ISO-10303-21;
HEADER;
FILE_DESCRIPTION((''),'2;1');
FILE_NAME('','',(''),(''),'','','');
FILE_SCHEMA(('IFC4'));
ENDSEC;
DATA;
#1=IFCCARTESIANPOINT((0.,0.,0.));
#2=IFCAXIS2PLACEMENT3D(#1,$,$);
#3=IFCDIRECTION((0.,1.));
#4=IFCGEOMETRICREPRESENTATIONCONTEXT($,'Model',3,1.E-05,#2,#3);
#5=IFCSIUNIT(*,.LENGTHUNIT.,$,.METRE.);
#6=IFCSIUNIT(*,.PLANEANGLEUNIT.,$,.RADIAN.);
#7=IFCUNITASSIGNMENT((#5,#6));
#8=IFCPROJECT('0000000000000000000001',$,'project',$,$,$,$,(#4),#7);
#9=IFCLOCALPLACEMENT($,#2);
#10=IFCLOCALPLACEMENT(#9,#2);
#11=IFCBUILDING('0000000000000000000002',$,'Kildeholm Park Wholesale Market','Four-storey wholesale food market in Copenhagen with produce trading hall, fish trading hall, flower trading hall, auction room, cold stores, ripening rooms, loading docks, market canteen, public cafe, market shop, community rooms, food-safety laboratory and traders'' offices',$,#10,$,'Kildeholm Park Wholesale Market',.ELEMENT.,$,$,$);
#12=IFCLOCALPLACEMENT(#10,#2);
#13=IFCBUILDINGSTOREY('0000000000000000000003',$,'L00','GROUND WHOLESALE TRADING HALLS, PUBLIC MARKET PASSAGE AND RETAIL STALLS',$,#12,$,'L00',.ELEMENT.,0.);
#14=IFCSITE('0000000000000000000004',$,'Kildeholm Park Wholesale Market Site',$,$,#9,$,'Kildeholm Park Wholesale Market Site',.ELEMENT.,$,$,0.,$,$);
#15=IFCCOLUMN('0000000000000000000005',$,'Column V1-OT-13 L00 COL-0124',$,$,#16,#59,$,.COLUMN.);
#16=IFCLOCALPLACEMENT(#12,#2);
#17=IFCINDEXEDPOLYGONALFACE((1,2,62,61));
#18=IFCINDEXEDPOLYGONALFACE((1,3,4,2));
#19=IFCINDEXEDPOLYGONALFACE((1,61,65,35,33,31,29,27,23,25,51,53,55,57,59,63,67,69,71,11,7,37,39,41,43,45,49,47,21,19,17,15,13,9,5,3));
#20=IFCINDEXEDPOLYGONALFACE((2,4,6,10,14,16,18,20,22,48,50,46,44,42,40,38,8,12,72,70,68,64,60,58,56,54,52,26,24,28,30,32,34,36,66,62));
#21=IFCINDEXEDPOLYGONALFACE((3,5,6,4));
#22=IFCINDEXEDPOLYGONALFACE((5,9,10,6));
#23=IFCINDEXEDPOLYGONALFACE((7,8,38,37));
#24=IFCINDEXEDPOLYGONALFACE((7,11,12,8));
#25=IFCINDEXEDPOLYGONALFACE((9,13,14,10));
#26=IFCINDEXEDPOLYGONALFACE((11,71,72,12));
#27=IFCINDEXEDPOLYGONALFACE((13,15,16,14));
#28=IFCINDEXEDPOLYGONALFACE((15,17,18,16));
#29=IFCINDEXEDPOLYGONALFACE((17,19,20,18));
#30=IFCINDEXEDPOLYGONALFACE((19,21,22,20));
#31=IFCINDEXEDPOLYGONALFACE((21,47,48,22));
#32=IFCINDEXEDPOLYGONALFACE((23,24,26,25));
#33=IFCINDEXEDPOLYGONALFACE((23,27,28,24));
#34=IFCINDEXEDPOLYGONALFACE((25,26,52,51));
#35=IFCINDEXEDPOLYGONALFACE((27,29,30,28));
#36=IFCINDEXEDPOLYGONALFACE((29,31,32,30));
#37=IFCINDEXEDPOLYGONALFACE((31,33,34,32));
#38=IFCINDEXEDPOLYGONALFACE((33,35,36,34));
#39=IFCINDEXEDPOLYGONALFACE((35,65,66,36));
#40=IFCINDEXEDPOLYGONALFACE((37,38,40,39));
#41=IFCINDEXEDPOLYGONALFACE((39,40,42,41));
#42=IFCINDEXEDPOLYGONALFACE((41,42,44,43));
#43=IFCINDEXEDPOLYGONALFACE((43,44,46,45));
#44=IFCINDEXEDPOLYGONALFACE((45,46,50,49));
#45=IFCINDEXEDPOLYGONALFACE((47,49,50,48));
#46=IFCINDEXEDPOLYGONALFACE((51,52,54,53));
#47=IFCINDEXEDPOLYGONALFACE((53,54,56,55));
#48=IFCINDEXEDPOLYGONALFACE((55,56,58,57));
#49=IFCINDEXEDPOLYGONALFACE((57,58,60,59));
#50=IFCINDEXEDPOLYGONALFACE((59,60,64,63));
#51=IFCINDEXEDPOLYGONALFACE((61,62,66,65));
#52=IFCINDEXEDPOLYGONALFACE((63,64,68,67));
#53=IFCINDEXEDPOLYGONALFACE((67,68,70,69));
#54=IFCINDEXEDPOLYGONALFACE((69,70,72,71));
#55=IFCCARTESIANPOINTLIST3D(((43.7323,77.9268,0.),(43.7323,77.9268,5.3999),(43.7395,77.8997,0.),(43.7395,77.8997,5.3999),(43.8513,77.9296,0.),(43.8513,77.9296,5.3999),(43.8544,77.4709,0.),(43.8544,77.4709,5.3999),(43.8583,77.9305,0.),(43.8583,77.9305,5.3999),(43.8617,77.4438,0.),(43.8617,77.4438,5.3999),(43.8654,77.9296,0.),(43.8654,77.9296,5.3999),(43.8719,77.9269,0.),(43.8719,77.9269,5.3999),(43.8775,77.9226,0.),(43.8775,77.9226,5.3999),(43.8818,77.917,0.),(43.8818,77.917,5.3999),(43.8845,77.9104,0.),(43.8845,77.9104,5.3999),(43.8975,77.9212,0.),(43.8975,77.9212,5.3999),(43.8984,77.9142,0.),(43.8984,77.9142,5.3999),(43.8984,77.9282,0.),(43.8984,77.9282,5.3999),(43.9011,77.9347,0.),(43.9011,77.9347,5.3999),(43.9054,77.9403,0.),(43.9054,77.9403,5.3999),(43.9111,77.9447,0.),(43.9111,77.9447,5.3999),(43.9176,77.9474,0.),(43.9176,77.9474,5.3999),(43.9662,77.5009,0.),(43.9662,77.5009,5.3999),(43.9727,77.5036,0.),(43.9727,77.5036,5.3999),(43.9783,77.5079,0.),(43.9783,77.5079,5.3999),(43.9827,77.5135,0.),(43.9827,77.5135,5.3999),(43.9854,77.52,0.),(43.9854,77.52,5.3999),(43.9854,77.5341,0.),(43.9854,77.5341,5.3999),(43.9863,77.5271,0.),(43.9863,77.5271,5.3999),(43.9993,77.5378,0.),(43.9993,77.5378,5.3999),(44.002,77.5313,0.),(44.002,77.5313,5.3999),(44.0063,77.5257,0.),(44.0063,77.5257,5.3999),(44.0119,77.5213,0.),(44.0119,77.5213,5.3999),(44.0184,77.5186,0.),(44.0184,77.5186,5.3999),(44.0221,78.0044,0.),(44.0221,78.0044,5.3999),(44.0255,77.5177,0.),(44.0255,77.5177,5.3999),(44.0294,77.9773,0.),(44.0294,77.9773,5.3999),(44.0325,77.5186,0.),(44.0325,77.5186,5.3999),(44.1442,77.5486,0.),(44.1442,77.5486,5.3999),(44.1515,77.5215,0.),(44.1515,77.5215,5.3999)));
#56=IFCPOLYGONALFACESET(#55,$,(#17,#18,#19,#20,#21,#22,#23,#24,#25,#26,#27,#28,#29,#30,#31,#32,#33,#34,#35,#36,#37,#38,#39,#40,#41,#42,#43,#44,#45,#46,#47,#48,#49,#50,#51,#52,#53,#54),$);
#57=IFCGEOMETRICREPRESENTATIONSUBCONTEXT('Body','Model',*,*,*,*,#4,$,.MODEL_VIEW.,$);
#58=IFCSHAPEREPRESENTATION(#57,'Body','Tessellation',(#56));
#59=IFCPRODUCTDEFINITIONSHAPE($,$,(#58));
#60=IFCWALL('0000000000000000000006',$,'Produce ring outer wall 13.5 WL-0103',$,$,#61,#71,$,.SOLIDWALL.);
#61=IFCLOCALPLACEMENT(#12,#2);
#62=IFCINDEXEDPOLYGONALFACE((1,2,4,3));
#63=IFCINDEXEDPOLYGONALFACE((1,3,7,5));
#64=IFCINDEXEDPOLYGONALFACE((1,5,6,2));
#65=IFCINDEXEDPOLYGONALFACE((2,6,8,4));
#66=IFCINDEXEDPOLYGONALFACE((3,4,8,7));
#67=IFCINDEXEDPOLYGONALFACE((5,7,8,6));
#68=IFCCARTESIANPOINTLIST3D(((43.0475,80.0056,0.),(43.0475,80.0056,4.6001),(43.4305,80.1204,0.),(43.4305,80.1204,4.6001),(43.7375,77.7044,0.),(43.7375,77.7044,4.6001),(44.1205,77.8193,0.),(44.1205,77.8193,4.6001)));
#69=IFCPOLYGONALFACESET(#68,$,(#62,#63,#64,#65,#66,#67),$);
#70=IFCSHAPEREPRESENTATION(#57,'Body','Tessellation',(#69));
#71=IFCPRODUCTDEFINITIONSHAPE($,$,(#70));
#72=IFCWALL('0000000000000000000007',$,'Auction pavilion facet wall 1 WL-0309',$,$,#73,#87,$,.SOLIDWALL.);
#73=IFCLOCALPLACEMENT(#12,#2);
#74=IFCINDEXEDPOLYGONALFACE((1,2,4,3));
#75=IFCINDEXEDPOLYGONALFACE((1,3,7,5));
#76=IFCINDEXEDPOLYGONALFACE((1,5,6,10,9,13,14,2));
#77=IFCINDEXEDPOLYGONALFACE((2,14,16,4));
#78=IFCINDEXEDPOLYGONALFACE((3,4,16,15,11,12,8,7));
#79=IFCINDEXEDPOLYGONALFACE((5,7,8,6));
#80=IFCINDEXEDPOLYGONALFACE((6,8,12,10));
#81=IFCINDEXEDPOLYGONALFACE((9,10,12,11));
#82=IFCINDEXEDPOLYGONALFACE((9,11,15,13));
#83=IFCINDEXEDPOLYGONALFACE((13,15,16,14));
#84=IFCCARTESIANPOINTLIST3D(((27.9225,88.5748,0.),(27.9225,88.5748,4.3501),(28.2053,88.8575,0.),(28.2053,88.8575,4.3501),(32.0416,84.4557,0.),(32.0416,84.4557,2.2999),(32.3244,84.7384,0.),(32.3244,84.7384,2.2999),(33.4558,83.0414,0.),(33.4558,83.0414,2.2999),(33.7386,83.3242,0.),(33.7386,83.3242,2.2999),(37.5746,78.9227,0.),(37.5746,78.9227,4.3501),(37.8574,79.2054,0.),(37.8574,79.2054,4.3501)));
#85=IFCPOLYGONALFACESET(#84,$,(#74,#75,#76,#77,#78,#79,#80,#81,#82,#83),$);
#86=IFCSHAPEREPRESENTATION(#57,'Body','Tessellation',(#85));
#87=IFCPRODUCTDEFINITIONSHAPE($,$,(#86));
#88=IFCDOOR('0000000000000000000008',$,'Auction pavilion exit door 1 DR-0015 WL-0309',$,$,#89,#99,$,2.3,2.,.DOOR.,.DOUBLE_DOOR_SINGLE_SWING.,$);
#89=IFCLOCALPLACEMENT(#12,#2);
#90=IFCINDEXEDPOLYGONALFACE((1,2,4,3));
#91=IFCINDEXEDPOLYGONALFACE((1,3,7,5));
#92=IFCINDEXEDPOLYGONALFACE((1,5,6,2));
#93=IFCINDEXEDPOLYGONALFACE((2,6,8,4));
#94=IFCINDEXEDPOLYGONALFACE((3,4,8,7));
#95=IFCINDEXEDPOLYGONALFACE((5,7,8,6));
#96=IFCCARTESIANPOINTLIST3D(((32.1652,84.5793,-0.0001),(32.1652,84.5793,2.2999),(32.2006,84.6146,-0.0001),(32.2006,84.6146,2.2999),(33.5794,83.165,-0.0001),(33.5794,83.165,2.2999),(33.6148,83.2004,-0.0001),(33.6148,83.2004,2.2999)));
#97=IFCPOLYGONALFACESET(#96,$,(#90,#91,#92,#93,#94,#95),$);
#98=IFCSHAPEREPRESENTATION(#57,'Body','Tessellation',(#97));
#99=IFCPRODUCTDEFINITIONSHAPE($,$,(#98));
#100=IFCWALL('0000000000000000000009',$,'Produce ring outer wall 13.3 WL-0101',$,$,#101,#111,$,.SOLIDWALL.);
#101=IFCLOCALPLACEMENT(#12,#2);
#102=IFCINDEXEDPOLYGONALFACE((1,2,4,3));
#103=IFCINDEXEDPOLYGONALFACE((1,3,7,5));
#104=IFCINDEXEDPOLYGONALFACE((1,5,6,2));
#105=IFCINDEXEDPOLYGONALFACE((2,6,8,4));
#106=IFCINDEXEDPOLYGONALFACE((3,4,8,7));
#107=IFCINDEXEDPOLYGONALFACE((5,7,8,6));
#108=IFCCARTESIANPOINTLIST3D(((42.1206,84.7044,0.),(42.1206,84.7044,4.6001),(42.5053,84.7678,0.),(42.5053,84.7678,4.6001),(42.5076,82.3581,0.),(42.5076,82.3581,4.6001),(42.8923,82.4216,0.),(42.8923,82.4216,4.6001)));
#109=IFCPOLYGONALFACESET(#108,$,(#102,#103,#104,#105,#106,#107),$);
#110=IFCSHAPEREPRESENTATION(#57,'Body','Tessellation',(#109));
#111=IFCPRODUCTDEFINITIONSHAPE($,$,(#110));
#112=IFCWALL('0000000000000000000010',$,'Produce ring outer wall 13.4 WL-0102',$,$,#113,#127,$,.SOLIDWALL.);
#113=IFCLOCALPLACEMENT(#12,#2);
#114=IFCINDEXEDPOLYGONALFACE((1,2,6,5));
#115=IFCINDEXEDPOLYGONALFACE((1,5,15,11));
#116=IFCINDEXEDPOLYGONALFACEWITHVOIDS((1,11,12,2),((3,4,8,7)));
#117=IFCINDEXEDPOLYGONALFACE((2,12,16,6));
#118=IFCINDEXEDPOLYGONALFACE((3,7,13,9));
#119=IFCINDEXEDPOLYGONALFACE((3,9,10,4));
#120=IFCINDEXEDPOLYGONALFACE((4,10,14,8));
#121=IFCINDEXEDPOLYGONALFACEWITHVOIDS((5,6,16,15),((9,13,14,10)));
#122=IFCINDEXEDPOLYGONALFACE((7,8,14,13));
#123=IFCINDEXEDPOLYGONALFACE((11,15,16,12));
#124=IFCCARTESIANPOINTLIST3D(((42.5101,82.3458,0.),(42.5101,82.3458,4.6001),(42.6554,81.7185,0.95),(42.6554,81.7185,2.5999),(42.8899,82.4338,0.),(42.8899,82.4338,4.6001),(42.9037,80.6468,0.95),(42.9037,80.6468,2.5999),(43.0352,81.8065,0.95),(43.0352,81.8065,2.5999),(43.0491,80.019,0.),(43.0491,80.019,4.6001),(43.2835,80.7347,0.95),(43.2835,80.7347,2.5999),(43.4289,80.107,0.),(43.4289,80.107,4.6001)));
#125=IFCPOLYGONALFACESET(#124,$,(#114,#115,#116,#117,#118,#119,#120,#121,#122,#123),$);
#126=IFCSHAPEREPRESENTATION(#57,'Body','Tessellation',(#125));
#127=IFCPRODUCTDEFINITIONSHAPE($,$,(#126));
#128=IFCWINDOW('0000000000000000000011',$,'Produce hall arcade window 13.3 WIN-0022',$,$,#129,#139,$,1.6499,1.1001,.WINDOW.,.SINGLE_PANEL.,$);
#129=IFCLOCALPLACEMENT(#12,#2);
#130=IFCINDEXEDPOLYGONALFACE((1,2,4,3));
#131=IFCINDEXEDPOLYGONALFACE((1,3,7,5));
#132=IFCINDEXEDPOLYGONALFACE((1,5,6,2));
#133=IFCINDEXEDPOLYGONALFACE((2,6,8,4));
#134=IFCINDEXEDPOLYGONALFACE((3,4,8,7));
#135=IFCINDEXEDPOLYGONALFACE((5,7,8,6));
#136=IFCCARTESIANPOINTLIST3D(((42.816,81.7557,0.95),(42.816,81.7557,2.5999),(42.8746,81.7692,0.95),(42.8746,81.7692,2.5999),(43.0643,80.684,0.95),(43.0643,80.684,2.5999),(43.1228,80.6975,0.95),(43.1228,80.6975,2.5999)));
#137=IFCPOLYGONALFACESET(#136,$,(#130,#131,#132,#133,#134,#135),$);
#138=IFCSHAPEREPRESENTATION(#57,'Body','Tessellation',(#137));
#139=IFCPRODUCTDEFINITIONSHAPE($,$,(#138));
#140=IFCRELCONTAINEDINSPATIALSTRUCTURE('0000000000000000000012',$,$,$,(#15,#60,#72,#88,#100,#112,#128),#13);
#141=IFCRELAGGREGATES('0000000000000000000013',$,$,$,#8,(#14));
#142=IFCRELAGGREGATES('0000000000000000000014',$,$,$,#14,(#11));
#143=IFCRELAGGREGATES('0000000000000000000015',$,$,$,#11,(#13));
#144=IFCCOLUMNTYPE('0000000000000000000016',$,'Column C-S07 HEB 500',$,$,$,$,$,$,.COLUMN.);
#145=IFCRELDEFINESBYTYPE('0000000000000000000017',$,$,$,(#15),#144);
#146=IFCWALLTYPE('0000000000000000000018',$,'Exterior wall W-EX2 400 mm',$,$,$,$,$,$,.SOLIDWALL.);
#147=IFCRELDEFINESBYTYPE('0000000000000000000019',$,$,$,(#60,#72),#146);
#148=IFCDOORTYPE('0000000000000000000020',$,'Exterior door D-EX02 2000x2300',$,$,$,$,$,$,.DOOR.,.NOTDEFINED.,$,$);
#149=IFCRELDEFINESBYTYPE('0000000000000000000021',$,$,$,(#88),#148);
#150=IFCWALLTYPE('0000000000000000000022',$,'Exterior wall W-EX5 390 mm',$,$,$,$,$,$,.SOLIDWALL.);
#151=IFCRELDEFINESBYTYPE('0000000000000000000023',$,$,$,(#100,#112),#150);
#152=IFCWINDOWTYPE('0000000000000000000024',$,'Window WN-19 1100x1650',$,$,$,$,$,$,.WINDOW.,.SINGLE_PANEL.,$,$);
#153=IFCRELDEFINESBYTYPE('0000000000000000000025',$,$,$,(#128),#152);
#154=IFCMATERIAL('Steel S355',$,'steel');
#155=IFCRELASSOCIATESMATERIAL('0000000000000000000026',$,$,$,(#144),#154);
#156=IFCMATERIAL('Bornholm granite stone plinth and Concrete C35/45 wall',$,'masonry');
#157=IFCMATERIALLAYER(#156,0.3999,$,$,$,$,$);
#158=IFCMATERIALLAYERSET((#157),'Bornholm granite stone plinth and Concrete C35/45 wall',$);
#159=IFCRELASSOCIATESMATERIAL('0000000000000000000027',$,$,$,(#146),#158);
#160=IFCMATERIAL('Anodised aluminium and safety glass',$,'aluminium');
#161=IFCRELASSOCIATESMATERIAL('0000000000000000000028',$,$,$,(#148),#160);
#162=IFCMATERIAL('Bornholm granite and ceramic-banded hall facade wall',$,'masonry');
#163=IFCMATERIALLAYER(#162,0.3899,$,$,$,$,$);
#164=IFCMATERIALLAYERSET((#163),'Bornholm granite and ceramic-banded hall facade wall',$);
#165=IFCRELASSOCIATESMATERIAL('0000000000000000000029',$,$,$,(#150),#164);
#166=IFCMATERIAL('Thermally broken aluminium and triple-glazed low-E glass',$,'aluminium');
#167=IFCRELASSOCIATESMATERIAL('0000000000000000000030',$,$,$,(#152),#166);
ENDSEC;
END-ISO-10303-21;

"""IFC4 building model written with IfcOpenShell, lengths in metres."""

from ifc_helpers import new_model, si_unit, direction, frame, frame_2d, origin, origin_2d, place, context, subcontext, project, spatial, rectangle, i_section, extrude, material, layer, layer_set, material_profile, profile_set, type_object, element, fill, save


model = new_model("IFC4")

# Units and contexts
model_context = context("Model", 3, precision=1e-05, world=origin(), true_north=direction((0.0, 1.0)))
body_context = subcontext(model_context, "Body", "Model", "MODEL_VIEW")
ifc_project = project(units=[si_unit("LENGTHUNIT", "METRE"), si_unit("PLANEANGLEUNIT", "RADIAN")], contexts=[model_context])

# Site, building, storey
site_placement = place(None, origin())
site = spatial("IfcSite", under=ifc_project, at=site_placement, Name="Kildeholm Park Wholesale Market Site", LongName="Kildeholm Park Wholesale Market Site", CompositionType="ELEMENT", RefElevation=0.0)
building_placement = place(site_placement, origin())
building = spatial("IfcBuilding", under=site, at=building_placement, Name="Kildeholm Park Wholesale Market", Description="Four-storey wholesale food market in Copenhagen with produce trading hall, fish trading hall, flower trading hall, auction room, cold stores, ripening rooms, loading docks, market canteen, public cafe, market shop, community rooms, food-safety laboratory and traders' offices", LongName="Kildeholm Park Wholesale Market", CompositionType="ELEMENT")
storey_placement = place(building_placement, origin())
storey = spatial("IfcBuildingStorey", under=building, at=storey_placement, Name="L00", Description="GROUND WHOLESALE TRADING HALLS, PUBLIC MARKET PASSAGE AND RETAIL STALLS", LongName="L00", CompositionType="ELEMENT", Elevation=0.0)

# Column
ifc_material_1 = material(Name="Steel S355", Category="steel")
ifc_material_profile_1 = material_profile(ifc_material_1, i_section(OverallWidth=0.3, OverallDepth=0.5, WebThickness=0.0144, FlangeThickness=0.0281, FilletRadius=0.0271, at=origin_2d()), Name="HEB 500")
ifc_profile_set_1 = profile_set([ifc_material_profile_1], Name="Steel S355")
column_type_1 = type_object("IfcColumnType", Name="Column C-S07 HEB 500", PredefinedType="COLUMN", material=ifc_profile_set_1)
column_1_placement = place(storey_placement, frame((43.9419, 77.7241, 0.0), z_axis=(0.0, 0.0, 1.0), x_axis=(-0.965926, -0.258819, 0.0)))
element("IfcColumn", 1, at=column_1_placement, inside=storey, type_object=column_type_1, Name="Column V1-OT-13 L00 COL-0124", PredefinedType="COLUMN", context=body_context, shape_type="SweptSolid", body=[
    extrude(i_section(OverallWidth=0.3, OverallDepth=0.5, WebThickness=0.0144, FlangeThickness=0.0281, FilletRadius=0.0271, at=origin_2d()), origin(), (0.0, 0.0, 1.0), 5.3999),
])

# Wall
ifc_material_2 = material(Name="Bornholm granite stone plinth and Concrete C35/45 wall", Category="masonry")
ifc_layer_1 = layer(ifc_material_2, 0.3999)
ifc_layer_set_1 = layer_set([ifc_layer_1], Name="Bornholm granite stone plinth and Concrete C35/45 wall")
wall_type_1 = type_object("IfcWallType", Name="Exterior wall W-EX2 400 mm", PredefinedType="SOLIDWALL", material=ifc_layer_set_1)
wall_1_placement = place(storey_placement, frame((43.239, 80.063, 0.0), z_axis=(0.0, 0.0, 1.0), x_axis=(0.287208, -0.957868, 0.0)))
element("IfcWall", 2, at=wall_1_placement, inside=storey, type_object=wall_type_1, Name="Produce ring outer wall 13.5 WL-0103", PredefinedType="SOLIDWALL", context=body_context, shape_type="SweptSolid", body=[
    extrude(rectangle(XDim=2.4023, YDim=0.3999, at=frame_2d((1.2012, 0.0))), origin(), (0.0, 0.0, 1.0), 4.6001),
])

# Wall, opening, door
wall_2_placement = place(storey_placement, frame((37.7161, 79.064, 0.0), z_axis=(0.0, 0.0, 1.0), x_axis=(-0.707107, 0.707107, 0.0)))
wall_2 = element("IfcWall", 3, at=wall_2_placement, inside=storey, type_object=wall_type_1, Name="Auction pavilion facet wall 1 WL-0309", PredefinedType="SOLIDWALL", context=body_context, shape_type="SweptSolid", body=[
    extrude(rectangle(XDim=13.6501, YDim=0.3999, at=frame_2d((6.8252, 0.0))), origin(), (0.0, 0.0, 1.0), 4.3501),
])
opening_1_placement = place(wall_2_placement, frame((5.825, 0.0, 0.0)))
opening_1 = element("IfcOpeningElement", 4, at=opening_1_placement, cuts=wall_2, PredefinedType="OPENING", context=body_context, shape_type="SweptSolid", body=[
    extrude(rectangle(XDim=2.0, YDim=2.3, at=frame_2d((1.0, 1.1499))), frame((0.0, 0.21, 0.0), z_axis=(0.0, -1.0, 0.0), x_axis=(1.0, 0.0, 0.0)), (0.0, 0.0, 1.0), 0.4199),
])
ifc_material_3 = material(Name="Anodised aluminium and safety glass", Category="aluminium")
door_type = type_object("IfcDoorType", Name="Exterior door D-EX02 2000x2300", OperationType="NOTDEFINED", PredefinedType="DOOR", material=ifc_material_3)
door_placement = place(opening_1_placement, frame((2.0, 0.0, 0.0), z_axis=(0.0, 0.0, 1.0), x_axis=(-1.0, 0.0, 0.0)))
door = element("IfcDoor", 5, at=door_placement, inside=storey, type_object=door_type, Name="Auction pavilion exit door 1 DR-0015 WL-0309", OperationType="DOUBLE_DOOR_SINGLE_SWING", OverallHeight=2.3, OverallWidth=2.0, PredefinedType="DOOR", context=body_context, shape_type="SweptSolid", body=[
    extrude(rectangle(XDim=2.0, YDim=2.3, at=frame_2d((1.0, 1.1499))), frame((0.0, 0.0249, 0.0), z_axis=(0.0, -1.0, 0.0), x_axis=(1.0, 0.0, 0.0)), (0.0, 0.0, 1.0), 0.05),
])
fill(opening_1, door)

# Wall
ifc_material_4 = material(Name="Bornholm granite and ceramic-banded hall facade wall", Category="masonry")
ifc_layer_2 = layer(ifc_material_4, 0.3899)
ifc_layer_set_2 = layer_set([ifc_layer_2], Name="Bornholm granite and ceramic-banded hall facade wall")
wall_type_2 = type_object("IfcWallType", Name="Exterior wall W-EX5 390 mm", PredefinedType="SOLIDWALL", material=ifc_layer_set_2)
wall_3_placement = place(storey_placement, frame((42.313, 84.7361, 0.0), z_axis=(0.0, 0.0, 1.0), x_axis=(0.162734, -0.98667, 0.0)))
element("IfcWall", 6, at=wall_3_placement, inside=storey, type_object=wall_type_2, Name="Produce ring outer wall 13.3 WL-0101", PredefinedType="SOLIDWALL", context=body_context, shape_type="SweptSolid", body=[
    extrude(rectangle(XDim=2.3779, YDim=0.3899, at=frame_2d((1.189, 0.0))), origin(), (0.0, 0.0, 1.0), 4.6001),
])

# Wall, opening, window
wall_4_placement = place(storey_placement, frame((42.7, 82.3899, 0.0), z_axis=(0.0, 0.0, 1.0), x_axis=(0.225688, -0.9742, 0.0)))
wall_4 = element("IfcWall", 7, at=wall_4_placement, inside=storey, type_object=wall_type_2, Name="Produce ring outer wall 13.4 WL-0102", PredefinedType="SOLIDWALL", context=body_context, shape_type="SweptSolid", body=[
    extrude(rectangle(XDim=2.3884, YDim=0.3899, at=frame_2d((1.1943, 0.0))), origin(), (0.0, 0.0, 1.0), 4.6001),
])
opening_2_placement = place(wall_4_placement, frame((0.644, 0.0, 0.95)))
opening_2 = element("IfcOpeningElement", 8, at=opening_2_placement, cuts=wall_4, PredefinedType="OPENING", context=body_context, shape_type="SweptSolid", body=[
    extrude(rectangle(XDim=1.1001, YDim=1.6499, at=frame_2d((0.55, 0.825))), frame((0.0, 0.2048, 0.0), z_axis=(0.0, -1.0, 0.0), x_axis=(1.0, 0.0, 0.0)), (0.0, 0.0, 1.0), 0.4099),
])
ifc_material_5 = material(Name="Thermally broken aluminium and triple-glazed low-E glass", Category="aluminium")
window_type = type_object("IfcWindowType", Name="Window WN-19 1100x1650", PartitioningType="SINGLE_PANEL", PredefinedType="WINDOW", material=ifc_material_5)
window_placement = place(opening_2_placement, origin())
window = element("IfcWindow", 9, at=window_placement, inside=storey, type_object=window_type, Name="Produce hall arcade window 13.3 WIN-0022", OverallHeight=1.6499, OverallWidth=1.1001, PartitioningType="SINGLE_PANEL", PredefinedType="WINDOW", context=body_context, shape_type="SweptSolid", body=[
    extrude(rectangle(XDim=1.1001, YDim=1.6499, at=frame_2d((0.55, 0.825))), frame((0.0, 0.03, 0.0), z_axis=(0.0, -1.0, 0.0), x_axis=(1.0, 0.0, 0.0)), (0.0, 0.0, 1.0), 0.0601),
])
fill(opening_2, window)

save(model, "model.ifc")
